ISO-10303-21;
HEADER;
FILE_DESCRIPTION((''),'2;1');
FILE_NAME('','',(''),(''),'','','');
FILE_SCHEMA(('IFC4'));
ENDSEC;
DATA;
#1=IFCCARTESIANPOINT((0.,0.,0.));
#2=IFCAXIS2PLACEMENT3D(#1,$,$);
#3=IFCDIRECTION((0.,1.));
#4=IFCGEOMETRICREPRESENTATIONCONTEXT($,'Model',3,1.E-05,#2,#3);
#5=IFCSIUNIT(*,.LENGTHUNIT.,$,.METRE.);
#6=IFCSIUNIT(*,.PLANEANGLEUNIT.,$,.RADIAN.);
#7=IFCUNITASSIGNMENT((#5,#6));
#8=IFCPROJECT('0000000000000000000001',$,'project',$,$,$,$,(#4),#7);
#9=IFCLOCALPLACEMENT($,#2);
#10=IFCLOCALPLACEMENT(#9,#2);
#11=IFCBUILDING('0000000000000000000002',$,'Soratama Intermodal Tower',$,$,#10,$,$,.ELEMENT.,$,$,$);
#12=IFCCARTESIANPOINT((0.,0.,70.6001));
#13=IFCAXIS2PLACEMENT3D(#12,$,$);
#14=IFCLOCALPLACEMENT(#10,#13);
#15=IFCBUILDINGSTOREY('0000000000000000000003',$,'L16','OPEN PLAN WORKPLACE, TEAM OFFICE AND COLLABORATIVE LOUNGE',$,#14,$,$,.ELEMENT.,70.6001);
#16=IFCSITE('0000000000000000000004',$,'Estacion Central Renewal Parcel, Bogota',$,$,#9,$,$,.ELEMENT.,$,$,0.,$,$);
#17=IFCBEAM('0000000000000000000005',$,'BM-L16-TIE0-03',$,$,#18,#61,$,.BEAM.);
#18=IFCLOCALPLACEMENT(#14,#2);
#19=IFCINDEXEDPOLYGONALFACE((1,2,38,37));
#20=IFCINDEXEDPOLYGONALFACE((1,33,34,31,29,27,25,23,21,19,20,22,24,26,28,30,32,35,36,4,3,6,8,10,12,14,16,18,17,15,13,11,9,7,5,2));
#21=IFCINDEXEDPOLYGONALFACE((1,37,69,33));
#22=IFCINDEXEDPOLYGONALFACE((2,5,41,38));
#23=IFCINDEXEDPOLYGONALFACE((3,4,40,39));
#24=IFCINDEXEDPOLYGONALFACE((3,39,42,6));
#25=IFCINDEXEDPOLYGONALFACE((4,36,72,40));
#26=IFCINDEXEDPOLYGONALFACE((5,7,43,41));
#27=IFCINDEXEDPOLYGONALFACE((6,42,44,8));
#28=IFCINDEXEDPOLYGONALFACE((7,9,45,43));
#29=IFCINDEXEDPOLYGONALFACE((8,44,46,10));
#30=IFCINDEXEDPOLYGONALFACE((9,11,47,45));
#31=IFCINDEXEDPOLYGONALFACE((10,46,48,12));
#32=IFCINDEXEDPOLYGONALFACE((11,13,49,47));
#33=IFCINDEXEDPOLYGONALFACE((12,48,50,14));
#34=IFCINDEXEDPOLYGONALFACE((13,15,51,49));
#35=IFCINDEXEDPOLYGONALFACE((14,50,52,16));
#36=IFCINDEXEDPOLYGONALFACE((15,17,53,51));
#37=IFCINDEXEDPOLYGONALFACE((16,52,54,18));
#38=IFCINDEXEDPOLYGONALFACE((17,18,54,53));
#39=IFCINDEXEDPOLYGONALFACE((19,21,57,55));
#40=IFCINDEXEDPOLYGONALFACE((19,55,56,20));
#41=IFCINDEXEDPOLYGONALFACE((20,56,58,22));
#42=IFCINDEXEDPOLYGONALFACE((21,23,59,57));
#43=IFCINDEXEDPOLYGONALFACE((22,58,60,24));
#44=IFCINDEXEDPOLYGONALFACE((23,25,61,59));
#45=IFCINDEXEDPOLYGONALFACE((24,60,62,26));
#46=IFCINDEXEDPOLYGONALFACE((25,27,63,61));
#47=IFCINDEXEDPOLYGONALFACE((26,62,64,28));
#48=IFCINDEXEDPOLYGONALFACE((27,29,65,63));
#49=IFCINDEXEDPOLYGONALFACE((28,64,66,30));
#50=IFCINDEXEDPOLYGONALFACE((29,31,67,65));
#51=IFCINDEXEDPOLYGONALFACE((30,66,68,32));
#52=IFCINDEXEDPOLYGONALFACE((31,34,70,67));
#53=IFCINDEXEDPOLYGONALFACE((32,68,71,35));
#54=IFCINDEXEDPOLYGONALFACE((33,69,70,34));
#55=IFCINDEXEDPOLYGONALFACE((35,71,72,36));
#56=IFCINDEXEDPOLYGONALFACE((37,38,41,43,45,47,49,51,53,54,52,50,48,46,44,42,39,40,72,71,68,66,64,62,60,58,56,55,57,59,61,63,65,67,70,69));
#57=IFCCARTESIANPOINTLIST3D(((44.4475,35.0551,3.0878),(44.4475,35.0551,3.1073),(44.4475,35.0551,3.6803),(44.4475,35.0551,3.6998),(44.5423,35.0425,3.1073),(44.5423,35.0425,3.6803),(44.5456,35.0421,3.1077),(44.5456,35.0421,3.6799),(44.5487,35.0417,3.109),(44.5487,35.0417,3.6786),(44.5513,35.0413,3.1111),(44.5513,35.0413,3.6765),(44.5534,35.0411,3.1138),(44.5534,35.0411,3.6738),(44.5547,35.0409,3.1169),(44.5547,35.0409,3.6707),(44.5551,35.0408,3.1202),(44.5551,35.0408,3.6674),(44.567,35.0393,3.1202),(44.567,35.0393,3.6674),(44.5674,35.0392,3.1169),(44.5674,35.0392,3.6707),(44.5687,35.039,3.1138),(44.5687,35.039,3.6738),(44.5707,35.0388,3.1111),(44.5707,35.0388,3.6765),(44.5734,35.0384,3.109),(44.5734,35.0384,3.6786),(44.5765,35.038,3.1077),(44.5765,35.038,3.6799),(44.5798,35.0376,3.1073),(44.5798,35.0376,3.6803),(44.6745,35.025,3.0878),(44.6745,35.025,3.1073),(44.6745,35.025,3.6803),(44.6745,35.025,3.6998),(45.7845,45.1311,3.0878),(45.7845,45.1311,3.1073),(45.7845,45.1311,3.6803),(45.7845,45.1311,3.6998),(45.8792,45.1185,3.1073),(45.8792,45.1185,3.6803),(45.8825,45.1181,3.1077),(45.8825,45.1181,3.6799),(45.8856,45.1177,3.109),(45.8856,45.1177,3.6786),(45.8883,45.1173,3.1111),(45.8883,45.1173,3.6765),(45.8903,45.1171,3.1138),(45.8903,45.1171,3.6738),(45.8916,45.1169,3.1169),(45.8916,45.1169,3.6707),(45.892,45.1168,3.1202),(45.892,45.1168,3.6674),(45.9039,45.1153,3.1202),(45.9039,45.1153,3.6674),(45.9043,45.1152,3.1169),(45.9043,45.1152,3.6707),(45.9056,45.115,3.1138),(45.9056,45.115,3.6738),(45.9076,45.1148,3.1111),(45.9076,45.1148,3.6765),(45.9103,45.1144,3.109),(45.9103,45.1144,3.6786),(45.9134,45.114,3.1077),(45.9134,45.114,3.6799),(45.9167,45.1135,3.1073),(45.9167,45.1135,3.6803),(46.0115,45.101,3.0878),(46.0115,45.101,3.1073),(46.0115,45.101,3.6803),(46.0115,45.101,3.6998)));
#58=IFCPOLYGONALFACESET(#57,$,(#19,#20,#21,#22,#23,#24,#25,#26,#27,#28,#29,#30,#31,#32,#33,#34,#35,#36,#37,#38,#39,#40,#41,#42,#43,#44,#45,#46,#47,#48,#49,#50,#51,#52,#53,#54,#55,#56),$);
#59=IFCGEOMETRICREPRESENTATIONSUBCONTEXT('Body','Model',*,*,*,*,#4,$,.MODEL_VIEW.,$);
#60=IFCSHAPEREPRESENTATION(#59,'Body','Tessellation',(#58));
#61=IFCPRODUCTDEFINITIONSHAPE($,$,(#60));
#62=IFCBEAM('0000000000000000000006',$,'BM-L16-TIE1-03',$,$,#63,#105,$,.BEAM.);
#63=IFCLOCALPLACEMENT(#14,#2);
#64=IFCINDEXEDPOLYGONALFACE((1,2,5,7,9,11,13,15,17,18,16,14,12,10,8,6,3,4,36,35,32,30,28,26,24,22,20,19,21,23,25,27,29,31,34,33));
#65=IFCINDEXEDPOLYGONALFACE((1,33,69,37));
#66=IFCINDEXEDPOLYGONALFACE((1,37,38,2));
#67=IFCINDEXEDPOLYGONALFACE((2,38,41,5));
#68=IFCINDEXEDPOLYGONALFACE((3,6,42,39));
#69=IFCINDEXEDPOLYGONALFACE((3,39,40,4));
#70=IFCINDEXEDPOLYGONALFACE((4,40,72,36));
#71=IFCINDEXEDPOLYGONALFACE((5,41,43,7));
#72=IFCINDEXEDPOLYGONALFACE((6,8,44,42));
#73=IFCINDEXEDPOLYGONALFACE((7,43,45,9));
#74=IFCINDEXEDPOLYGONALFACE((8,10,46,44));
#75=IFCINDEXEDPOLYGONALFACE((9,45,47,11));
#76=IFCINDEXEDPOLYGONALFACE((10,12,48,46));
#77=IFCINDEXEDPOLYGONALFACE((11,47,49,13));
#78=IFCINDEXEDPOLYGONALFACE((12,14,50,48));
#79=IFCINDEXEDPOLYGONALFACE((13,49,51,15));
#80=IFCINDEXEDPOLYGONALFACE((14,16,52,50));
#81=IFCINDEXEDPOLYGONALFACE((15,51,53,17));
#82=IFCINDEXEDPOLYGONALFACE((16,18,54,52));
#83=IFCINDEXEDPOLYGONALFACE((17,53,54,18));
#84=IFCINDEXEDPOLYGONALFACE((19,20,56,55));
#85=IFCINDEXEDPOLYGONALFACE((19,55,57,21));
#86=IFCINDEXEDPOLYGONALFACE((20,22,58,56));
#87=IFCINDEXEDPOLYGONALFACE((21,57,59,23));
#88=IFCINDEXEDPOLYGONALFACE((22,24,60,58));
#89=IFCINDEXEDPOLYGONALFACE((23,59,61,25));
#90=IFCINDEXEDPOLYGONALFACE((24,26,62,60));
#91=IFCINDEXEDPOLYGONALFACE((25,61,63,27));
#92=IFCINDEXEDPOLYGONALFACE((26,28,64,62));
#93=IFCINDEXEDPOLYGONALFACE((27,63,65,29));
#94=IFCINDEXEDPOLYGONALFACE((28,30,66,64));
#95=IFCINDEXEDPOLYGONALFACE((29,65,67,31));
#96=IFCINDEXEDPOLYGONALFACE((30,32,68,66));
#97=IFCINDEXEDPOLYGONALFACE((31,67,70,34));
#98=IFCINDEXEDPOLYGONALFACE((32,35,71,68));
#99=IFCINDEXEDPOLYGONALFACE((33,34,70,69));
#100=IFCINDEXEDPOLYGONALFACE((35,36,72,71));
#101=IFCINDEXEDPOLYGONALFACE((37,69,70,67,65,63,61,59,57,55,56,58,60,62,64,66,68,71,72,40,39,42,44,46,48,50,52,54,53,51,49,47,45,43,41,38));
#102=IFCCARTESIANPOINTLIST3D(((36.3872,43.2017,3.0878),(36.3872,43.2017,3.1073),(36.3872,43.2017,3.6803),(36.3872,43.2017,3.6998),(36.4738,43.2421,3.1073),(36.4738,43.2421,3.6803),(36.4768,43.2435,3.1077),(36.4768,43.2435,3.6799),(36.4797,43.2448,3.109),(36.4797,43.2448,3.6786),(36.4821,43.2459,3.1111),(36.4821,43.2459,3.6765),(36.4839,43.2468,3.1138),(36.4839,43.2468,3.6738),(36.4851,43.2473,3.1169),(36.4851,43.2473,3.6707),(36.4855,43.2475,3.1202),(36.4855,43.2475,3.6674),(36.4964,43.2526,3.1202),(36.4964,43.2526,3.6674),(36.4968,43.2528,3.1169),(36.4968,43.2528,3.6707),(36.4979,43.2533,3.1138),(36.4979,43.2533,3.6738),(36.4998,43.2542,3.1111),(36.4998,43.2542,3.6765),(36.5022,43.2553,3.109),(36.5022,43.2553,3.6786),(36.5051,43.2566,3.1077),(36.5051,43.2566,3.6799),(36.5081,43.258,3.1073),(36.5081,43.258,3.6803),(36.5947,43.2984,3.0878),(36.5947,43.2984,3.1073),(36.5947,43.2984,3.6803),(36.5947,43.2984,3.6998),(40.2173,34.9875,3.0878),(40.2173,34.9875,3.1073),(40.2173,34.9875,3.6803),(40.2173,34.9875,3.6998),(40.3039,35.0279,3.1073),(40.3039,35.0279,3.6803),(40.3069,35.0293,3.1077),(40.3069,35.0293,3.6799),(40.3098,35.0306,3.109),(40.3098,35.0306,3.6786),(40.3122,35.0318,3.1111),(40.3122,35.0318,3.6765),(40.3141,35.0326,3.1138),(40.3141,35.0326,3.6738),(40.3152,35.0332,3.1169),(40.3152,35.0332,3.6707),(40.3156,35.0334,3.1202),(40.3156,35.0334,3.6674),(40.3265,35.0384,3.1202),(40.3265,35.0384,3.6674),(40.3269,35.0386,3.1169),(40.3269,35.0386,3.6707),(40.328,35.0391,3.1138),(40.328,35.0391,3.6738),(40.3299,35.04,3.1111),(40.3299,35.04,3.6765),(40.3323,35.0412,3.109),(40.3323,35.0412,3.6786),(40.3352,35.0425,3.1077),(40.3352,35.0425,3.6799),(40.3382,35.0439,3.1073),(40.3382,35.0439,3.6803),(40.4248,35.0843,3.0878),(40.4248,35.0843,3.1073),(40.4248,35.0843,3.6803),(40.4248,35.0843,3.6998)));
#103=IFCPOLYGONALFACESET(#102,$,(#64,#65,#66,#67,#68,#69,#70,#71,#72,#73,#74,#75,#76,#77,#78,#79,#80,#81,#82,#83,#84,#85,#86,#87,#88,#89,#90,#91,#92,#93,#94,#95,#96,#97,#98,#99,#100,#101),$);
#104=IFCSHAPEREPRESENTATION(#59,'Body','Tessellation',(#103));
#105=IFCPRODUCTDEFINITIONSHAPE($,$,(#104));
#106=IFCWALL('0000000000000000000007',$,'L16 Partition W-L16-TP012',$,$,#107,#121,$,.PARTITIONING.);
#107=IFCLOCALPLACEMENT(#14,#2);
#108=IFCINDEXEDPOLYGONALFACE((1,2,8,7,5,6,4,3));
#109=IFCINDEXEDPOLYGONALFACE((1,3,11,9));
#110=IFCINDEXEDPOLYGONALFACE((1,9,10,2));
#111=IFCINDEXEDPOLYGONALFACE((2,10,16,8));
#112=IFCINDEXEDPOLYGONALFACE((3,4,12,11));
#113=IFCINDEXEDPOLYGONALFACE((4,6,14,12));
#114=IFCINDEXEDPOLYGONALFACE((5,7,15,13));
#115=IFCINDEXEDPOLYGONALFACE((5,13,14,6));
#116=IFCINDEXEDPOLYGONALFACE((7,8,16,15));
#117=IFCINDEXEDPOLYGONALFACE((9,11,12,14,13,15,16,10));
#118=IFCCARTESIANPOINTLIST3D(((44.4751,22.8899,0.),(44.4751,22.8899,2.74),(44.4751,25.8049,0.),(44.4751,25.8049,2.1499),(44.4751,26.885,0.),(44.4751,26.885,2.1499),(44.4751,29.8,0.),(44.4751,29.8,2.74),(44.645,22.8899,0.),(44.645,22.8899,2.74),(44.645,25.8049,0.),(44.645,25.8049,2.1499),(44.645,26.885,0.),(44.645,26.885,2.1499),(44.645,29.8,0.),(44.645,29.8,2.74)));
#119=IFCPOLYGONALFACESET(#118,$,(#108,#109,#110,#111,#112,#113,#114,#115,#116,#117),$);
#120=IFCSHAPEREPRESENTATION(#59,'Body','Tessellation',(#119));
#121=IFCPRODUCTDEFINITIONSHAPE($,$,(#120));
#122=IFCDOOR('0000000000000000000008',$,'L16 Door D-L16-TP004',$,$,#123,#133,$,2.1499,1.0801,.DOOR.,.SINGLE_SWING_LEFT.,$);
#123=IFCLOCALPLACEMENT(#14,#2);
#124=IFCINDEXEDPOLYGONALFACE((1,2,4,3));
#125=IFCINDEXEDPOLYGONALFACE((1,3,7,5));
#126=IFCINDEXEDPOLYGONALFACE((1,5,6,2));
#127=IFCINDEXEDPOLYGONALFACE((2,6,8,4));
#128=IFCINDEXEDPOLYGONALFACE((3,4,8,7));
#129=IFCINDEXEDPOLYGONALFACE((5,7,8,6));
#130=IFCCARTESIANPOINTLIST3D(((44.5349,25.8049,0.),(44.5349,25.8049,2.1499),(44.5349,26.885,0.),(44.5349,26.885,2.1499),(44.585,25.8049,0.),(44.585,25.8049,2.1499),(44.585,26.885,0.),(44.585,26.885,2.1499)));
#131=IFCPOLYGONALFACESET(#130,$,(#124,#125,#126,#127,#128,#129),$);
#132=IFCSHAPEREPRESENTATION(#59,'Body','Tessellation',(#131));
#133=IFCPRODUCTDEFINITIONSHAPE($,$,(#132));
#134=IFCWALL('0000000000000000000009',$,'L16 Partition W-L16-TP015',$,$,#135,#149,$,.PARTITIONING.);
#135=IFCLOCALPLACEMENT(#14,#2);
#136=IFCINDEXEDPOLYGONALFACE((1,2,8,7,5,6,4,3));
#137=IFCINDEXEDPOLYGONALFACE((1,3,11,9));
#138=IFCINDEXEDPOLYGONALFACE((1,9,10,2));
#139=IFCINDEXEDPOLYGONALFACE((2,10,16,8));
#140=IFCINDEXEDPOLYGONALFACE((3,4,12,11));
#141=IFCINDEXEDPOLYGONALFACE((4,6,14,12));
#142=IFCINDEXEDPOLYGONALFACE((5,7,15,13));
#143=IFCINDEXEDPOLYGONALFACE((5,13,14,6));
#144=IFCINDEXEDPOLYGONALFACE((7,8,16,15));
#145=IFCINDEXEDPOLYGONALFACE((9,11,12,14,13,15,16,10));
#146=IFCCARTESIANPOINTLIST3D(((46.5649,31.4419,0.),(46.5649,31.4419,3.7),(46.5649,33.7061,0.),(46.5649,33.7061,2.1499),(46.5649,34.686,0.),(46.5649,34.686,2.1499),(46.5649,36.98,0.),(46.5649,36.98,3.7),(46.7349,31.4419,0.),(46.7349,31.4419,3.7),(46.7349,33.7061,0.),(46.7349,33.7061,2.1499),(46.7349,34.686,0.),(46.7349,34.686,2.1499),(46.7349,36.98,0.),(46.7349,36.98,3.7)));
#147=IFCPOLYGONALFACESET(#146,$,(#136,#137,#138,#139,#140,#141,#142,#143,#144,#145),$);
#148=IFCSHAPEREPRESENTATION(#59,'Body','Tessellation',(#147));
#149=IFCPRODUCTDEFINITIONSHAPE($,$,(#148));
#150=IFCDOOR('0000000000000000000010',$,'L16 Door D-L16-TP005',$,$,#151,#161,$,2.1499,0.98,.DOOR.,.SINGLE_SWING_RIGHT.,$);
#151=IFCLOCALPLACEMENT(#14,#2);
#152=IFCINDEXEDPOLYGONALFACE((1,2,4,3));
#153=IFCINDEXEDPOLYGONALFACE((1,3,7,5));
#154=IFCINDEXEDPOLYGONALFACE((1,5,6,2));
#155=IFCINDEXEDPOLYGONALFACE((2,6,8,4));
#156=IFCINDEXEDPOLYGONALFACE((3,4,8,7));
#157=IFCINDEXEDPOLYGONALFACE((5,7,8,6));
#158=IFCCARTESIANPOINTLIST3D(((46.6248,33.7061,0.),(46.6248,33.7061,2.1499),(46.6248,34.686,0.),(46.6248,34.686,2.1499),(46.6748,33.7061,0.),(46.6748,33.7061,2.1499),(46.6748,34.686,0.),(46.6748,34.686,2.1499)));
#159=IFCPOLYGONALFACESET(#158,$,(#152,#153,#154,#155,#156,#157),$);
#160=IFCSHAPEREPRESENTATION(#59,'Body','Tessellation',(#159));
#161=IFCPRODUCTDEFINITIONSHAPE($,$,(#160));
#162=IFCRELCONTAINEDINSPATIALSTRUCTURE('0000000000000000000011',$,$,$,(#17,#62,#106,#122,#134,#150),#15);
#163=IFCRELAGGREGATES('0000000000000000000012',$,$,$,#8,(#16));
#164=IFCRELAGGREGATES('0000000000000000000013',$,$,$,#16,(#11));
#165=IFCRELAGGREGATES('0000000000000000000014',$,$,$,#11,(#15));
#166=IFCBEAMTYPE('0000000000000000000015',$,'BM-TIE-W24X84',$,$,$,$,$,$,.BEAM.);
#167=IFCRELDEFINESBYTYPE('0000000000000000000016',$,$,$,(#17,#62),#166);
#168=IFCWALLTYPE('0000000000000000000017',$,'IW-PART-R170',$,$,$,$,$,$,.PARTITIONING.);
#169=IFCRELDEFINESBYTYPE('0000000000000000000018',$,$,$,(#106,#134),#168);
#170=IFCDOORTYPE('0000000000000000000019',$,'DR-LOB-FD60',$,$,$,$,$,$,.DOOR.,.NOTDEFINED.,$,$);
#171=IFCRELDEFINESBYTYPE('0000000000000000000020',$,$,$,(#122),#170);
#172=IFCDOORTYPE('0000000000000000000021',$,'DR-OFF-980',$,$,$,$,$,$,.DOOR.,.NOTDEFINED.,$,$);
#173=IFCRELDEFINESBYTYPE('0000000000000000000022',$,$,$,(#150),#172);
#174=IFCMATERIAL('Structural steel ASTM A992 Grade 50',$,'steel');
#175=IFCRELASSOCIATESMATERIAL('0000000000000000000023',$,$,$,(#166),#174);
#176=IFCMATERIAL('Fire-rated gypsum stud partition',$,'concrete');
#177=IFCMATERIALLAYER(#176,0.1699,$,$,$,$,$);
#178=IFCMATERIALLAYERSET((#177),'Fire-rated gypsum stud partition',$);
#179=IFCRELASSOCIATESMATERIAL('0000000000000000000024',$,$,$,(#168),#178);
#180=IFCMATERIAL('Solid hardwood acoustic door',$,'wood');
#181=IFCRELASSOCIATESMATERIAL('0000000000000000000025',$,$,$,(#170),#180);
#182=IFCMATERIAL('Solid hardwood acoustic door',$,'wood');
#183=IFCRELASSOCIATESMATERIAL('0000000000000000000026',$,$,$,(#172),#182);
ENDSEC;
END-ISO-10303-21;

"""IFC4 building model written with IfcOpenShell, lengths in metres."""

from ifc_helpers import new_model, si_unit, direction, frame, frame_2d, origin, origin_2d, place, context, subcontext, project, spatial, rectangle, i_section, extrude, material, layer, layer_set, material_profile, profile_set, type_object, element, fill, save


model = new_model("IFC4")

# Units and contexts
model_context = context("Model", 3, precision=1e-05, world=origin(), true_north=direction((0.0, 1.0)))
body_context = subcontext(model_context, "Body", "Model", "MODEL_VIEW")
ifc_project = project(units=[si_unit("LENGTHUNIT", "METRE"), si_unit("PLANEANGLEUNIT", "RADIAN")], contexts=[model_context])

# Site, building, storey
site_placement = place(None, origin())
site = spatial("IfcSite", under=ifc_project, at=site_placement, Name="Estacion Central Renewal Parcel, Bogota", CompositionType="ELEMENT", RefElevation=0.0)
building_placement = place(site_placement, origin())
building = spatial("IfcBuilding", under=site, at=building_placement, Name="Soratama Intermodal Tower", CompositionType="ELEMENT")
storey_placement = place(building_placement, frame((0.0, 0.0, 70.6001)))
storey = spatial("IfcBuildingStorey", under=building, at=storey_placement, Name="L16", Description="OPEN PLAN WORKPLACE, TEAM OFFICE AND COLLABORATIVE LOUNGE", CompositionType="ELEMENT", Elevation=70.6001)

# Beams
ifc_material_1 = material(Name="Structural steel ASTM A992 Grade 50", Category="steel")
ifc_material_profile_1 = material_profile(ifc_material_1, i_section(OverallWidth=0.229, OverallDepth=0.6121, WebThickness=0.012, FlangeThickness=0.0195, FilletRadius=0.0129, at=origin_2d()), Name="W24X84")
ifc_profile_set_1 = profile_set([ifc_material_profile_1], Name="Structural steel ASTM A992 Grade 50")
beam_type_1 = type_object("IfcBeamType", Name="BM-TIE-W24X84", PredefinedType="BEAM", material=ifc_profile_set_1)
beam_1_placement = place(storey_placement, frame((44.561, 35.04, 3.3938), z_axis=(0.131531, 0.991312, 0.0), x_axis=(-0.991312, 0.131531, 0.0)))
element("IfcBeam", 1, at=beam_1_placement, inside=storey, type_object=beam_type_1, Name="BM-L16-TIE0-03", PredefinedType="BEAM", context=body_context, shape_type="SweptSolid", body=[
    extrude(i_section(OverallWidth=0.229, OverallDepth=0.6121, WebThickness=0.012, FlangeThickness=0.0195, FilletRadius=0.0129, at=origin_2d()), origin(), (0.0, 0.0, 1.0), 10.1643),
])
beam_2_placement = place(storey_placement, frame((40.321, 35.0359, 3.3938), z_axis=(-0.422598, 0.906317, 0.0), x_axis=(-0.906317, -0.422598, 0.0)))
element("IfcBeam", 2, at=beam_2_placement, inside=storey, type_object=beam_type_1, Name="BM-L16-TIE1-03", PredefinedType="BEAM", context=body_context, shape_type="SweptSolid", body=[
    extrude(i_section(OverallWidth=0.229, OverallDepth=0.6121, WebThickness=0.012, FlangeThickness=0.0195, FilletRadius=0.0129, at=origin_2d()), origin(), (0.0, 0.0, 1.0), 9.0632),
])

# Walls, openings, doors
ifc_material_2 = material(Name="Fire-rated gypsum stud partition", Category="concrete")
ifc_layer_1 = layer(ifc_material_2, 0.1699)
ifc_layer_set_1 = layer_set([ifc_layer_1], Name="Fire-rated gypsum stud partition")
wall_type_1 = type_object("IfcWallType", Name="IW-PART-R170", PredefinedType="PARTITIONING", material=ifc_layer_set_1)
wall_1_placement = place(storey_placement, frame((44.5601, 29.8, 0.0), z_axis=(0.0, 0.0, 1.0), x_axis=(0.0, -1.0, 0.0)))
wall_1 = element("IfcWall", 3, at=wall_1_placement, inside=storey, type_object=wall_type_1, Name="L16 Partition W-L16-TP012", PredefinedType="PARTITIONING", context=body_context, shape_type="SweptSolid", body=[
    extrude(rectangle(XDim=6.9102, YDim=0.1699, at=frame_2d((3.4551, 0.0))), origin(), (0.0, 0.0, 1.0), 2.74),
])
opening_1_placement = place(wall_1_placement, frame((2.915, 0.0, 0.0)))
opening_1 = element("IfcOpeningElement", 4, at=opening_1_placement, cuts=wall_1, PredefinedType="OPENING", context=body_context, shape_type="SweptSolid", body=[
    extrude(rectangle(XDim=1.0801, YDim=2.1499, at=frame_2d((0.54, 1.075))), frame((0.0, 0.095, 0.0), z_axis=(0.0, -1.0, 0.0), x_axis=(1.0, 0.0, 0.0)), (0.0, 0.0, 1.0), 0.1899),
])
ifc_material_3 = material(Name="Solid hardwood acoustic door", Category="wood")
door_type_1 = type_object("IfcDoorType", Name="DR-LOB-FD60", OperationType="NOTDEFINED", PredefinedType="DOOR", material=ifc_material_3)
door_1_placement = place(opening_1_placement, origin())
door_1 = element("IfcDoor", 5, at=door_1_placement, inside=storey, type_object=door_type_1, Name="L16 Door D-L16-TP004", OperationType="SINGLE_SWING_LEFT", OverallHeight=2.1499, OverallWidth=1.0801, PredefinedType="DOOR", context=body_context, shape_type="SweptSolid", body=[
    extrude(rectangle(XDim=1.0801, YDim=2.1499, at=frame_2d((0.54, 1.075))), frame((0.0, 0.0249, 0.0), z_axis=(0.0, -1.0, 0.0), x_axis=(1.0, 0.0, 0.0)), (0.0, 0.0, 1.0), 0.05),
])
fill(opening_1, door_1)
wall_2_placement = place(storey_placement, frame((46.6499, 36.98, 0.0), z_axis=(0.0, 0.0, 1.0), x_axis=(0.0, -1.0, 0.0)))
wall_2 = element("IfcWall", 6, at=wall_2_placement, inside=storey, type_object=wall_type_1, Name="L16 Partition W-L16-TP015", PredefinedType="PARTITIONING", context=body_context, shape_type="SweptSolid", body=[
    extrude(rectangle(XDim=5.5381, YDim=0.1699, at=frame_2d((2.769, 0.0))), origin(), (0.0, 0.0, 1.0), 3.7),
])
opening_2_placement = place(wall_2_placement, frame((2.2939, 0.0, 0.0)))
opening_2 = element("IfcOpeningElement", 7, at=opening_2_placement, cuts=wall_2, PredefinedType="OPENING", context=body_context, shape_type="SweptSolid", body=[
    extrude(rectangle(XDim=0.98, YDim=2.1499, at=frame_2d((0.49, 1.075))), frame((0.0, 0.095, 0.0), z_axis=(0.0, -1.0, 0.0), x_axis=(1.0, 0.0, 0.0)), (0.0, 0.0, 1.0), 0.1899),
])
ifc_material_4 = material(Name="Solid hardwood acoustic door", Category="wood")
door_type_2 = type_object("IfcDoorType", Name="DR-OFF-980", OperationType="NOTDEFINED", PredefinedType="DOOR", material=ifc_material_4)
door_2_placement = place(opening_2_placement, origin())
door_2 = element("IfcDoor", 8, at=door_2_placement, inside=storey, type_object=door_type_2, Name="L16 Door D-L16-TP005", OperationType="SINGLE_SWING_RIGHT", OverallHeight=2.1499, OverallWidth=0.98, PredefinedType="DOOR", context=body_context, shape_type="SweptSolid", body=[
    extrude(rectangle(XDim=0.98, YDim=2.1499, at=frame_2d((0.49, 1.075))), frame((0.0, 0.0249, 0.0), z_axis=(0.0, -1.0, 0.0), x_axis=(1.0, 0.0, 0.0)), (0.0, 0.0, 1.0), 0.05),
])
fill(opening_2, door_2)

save(model, "model.ifc")
